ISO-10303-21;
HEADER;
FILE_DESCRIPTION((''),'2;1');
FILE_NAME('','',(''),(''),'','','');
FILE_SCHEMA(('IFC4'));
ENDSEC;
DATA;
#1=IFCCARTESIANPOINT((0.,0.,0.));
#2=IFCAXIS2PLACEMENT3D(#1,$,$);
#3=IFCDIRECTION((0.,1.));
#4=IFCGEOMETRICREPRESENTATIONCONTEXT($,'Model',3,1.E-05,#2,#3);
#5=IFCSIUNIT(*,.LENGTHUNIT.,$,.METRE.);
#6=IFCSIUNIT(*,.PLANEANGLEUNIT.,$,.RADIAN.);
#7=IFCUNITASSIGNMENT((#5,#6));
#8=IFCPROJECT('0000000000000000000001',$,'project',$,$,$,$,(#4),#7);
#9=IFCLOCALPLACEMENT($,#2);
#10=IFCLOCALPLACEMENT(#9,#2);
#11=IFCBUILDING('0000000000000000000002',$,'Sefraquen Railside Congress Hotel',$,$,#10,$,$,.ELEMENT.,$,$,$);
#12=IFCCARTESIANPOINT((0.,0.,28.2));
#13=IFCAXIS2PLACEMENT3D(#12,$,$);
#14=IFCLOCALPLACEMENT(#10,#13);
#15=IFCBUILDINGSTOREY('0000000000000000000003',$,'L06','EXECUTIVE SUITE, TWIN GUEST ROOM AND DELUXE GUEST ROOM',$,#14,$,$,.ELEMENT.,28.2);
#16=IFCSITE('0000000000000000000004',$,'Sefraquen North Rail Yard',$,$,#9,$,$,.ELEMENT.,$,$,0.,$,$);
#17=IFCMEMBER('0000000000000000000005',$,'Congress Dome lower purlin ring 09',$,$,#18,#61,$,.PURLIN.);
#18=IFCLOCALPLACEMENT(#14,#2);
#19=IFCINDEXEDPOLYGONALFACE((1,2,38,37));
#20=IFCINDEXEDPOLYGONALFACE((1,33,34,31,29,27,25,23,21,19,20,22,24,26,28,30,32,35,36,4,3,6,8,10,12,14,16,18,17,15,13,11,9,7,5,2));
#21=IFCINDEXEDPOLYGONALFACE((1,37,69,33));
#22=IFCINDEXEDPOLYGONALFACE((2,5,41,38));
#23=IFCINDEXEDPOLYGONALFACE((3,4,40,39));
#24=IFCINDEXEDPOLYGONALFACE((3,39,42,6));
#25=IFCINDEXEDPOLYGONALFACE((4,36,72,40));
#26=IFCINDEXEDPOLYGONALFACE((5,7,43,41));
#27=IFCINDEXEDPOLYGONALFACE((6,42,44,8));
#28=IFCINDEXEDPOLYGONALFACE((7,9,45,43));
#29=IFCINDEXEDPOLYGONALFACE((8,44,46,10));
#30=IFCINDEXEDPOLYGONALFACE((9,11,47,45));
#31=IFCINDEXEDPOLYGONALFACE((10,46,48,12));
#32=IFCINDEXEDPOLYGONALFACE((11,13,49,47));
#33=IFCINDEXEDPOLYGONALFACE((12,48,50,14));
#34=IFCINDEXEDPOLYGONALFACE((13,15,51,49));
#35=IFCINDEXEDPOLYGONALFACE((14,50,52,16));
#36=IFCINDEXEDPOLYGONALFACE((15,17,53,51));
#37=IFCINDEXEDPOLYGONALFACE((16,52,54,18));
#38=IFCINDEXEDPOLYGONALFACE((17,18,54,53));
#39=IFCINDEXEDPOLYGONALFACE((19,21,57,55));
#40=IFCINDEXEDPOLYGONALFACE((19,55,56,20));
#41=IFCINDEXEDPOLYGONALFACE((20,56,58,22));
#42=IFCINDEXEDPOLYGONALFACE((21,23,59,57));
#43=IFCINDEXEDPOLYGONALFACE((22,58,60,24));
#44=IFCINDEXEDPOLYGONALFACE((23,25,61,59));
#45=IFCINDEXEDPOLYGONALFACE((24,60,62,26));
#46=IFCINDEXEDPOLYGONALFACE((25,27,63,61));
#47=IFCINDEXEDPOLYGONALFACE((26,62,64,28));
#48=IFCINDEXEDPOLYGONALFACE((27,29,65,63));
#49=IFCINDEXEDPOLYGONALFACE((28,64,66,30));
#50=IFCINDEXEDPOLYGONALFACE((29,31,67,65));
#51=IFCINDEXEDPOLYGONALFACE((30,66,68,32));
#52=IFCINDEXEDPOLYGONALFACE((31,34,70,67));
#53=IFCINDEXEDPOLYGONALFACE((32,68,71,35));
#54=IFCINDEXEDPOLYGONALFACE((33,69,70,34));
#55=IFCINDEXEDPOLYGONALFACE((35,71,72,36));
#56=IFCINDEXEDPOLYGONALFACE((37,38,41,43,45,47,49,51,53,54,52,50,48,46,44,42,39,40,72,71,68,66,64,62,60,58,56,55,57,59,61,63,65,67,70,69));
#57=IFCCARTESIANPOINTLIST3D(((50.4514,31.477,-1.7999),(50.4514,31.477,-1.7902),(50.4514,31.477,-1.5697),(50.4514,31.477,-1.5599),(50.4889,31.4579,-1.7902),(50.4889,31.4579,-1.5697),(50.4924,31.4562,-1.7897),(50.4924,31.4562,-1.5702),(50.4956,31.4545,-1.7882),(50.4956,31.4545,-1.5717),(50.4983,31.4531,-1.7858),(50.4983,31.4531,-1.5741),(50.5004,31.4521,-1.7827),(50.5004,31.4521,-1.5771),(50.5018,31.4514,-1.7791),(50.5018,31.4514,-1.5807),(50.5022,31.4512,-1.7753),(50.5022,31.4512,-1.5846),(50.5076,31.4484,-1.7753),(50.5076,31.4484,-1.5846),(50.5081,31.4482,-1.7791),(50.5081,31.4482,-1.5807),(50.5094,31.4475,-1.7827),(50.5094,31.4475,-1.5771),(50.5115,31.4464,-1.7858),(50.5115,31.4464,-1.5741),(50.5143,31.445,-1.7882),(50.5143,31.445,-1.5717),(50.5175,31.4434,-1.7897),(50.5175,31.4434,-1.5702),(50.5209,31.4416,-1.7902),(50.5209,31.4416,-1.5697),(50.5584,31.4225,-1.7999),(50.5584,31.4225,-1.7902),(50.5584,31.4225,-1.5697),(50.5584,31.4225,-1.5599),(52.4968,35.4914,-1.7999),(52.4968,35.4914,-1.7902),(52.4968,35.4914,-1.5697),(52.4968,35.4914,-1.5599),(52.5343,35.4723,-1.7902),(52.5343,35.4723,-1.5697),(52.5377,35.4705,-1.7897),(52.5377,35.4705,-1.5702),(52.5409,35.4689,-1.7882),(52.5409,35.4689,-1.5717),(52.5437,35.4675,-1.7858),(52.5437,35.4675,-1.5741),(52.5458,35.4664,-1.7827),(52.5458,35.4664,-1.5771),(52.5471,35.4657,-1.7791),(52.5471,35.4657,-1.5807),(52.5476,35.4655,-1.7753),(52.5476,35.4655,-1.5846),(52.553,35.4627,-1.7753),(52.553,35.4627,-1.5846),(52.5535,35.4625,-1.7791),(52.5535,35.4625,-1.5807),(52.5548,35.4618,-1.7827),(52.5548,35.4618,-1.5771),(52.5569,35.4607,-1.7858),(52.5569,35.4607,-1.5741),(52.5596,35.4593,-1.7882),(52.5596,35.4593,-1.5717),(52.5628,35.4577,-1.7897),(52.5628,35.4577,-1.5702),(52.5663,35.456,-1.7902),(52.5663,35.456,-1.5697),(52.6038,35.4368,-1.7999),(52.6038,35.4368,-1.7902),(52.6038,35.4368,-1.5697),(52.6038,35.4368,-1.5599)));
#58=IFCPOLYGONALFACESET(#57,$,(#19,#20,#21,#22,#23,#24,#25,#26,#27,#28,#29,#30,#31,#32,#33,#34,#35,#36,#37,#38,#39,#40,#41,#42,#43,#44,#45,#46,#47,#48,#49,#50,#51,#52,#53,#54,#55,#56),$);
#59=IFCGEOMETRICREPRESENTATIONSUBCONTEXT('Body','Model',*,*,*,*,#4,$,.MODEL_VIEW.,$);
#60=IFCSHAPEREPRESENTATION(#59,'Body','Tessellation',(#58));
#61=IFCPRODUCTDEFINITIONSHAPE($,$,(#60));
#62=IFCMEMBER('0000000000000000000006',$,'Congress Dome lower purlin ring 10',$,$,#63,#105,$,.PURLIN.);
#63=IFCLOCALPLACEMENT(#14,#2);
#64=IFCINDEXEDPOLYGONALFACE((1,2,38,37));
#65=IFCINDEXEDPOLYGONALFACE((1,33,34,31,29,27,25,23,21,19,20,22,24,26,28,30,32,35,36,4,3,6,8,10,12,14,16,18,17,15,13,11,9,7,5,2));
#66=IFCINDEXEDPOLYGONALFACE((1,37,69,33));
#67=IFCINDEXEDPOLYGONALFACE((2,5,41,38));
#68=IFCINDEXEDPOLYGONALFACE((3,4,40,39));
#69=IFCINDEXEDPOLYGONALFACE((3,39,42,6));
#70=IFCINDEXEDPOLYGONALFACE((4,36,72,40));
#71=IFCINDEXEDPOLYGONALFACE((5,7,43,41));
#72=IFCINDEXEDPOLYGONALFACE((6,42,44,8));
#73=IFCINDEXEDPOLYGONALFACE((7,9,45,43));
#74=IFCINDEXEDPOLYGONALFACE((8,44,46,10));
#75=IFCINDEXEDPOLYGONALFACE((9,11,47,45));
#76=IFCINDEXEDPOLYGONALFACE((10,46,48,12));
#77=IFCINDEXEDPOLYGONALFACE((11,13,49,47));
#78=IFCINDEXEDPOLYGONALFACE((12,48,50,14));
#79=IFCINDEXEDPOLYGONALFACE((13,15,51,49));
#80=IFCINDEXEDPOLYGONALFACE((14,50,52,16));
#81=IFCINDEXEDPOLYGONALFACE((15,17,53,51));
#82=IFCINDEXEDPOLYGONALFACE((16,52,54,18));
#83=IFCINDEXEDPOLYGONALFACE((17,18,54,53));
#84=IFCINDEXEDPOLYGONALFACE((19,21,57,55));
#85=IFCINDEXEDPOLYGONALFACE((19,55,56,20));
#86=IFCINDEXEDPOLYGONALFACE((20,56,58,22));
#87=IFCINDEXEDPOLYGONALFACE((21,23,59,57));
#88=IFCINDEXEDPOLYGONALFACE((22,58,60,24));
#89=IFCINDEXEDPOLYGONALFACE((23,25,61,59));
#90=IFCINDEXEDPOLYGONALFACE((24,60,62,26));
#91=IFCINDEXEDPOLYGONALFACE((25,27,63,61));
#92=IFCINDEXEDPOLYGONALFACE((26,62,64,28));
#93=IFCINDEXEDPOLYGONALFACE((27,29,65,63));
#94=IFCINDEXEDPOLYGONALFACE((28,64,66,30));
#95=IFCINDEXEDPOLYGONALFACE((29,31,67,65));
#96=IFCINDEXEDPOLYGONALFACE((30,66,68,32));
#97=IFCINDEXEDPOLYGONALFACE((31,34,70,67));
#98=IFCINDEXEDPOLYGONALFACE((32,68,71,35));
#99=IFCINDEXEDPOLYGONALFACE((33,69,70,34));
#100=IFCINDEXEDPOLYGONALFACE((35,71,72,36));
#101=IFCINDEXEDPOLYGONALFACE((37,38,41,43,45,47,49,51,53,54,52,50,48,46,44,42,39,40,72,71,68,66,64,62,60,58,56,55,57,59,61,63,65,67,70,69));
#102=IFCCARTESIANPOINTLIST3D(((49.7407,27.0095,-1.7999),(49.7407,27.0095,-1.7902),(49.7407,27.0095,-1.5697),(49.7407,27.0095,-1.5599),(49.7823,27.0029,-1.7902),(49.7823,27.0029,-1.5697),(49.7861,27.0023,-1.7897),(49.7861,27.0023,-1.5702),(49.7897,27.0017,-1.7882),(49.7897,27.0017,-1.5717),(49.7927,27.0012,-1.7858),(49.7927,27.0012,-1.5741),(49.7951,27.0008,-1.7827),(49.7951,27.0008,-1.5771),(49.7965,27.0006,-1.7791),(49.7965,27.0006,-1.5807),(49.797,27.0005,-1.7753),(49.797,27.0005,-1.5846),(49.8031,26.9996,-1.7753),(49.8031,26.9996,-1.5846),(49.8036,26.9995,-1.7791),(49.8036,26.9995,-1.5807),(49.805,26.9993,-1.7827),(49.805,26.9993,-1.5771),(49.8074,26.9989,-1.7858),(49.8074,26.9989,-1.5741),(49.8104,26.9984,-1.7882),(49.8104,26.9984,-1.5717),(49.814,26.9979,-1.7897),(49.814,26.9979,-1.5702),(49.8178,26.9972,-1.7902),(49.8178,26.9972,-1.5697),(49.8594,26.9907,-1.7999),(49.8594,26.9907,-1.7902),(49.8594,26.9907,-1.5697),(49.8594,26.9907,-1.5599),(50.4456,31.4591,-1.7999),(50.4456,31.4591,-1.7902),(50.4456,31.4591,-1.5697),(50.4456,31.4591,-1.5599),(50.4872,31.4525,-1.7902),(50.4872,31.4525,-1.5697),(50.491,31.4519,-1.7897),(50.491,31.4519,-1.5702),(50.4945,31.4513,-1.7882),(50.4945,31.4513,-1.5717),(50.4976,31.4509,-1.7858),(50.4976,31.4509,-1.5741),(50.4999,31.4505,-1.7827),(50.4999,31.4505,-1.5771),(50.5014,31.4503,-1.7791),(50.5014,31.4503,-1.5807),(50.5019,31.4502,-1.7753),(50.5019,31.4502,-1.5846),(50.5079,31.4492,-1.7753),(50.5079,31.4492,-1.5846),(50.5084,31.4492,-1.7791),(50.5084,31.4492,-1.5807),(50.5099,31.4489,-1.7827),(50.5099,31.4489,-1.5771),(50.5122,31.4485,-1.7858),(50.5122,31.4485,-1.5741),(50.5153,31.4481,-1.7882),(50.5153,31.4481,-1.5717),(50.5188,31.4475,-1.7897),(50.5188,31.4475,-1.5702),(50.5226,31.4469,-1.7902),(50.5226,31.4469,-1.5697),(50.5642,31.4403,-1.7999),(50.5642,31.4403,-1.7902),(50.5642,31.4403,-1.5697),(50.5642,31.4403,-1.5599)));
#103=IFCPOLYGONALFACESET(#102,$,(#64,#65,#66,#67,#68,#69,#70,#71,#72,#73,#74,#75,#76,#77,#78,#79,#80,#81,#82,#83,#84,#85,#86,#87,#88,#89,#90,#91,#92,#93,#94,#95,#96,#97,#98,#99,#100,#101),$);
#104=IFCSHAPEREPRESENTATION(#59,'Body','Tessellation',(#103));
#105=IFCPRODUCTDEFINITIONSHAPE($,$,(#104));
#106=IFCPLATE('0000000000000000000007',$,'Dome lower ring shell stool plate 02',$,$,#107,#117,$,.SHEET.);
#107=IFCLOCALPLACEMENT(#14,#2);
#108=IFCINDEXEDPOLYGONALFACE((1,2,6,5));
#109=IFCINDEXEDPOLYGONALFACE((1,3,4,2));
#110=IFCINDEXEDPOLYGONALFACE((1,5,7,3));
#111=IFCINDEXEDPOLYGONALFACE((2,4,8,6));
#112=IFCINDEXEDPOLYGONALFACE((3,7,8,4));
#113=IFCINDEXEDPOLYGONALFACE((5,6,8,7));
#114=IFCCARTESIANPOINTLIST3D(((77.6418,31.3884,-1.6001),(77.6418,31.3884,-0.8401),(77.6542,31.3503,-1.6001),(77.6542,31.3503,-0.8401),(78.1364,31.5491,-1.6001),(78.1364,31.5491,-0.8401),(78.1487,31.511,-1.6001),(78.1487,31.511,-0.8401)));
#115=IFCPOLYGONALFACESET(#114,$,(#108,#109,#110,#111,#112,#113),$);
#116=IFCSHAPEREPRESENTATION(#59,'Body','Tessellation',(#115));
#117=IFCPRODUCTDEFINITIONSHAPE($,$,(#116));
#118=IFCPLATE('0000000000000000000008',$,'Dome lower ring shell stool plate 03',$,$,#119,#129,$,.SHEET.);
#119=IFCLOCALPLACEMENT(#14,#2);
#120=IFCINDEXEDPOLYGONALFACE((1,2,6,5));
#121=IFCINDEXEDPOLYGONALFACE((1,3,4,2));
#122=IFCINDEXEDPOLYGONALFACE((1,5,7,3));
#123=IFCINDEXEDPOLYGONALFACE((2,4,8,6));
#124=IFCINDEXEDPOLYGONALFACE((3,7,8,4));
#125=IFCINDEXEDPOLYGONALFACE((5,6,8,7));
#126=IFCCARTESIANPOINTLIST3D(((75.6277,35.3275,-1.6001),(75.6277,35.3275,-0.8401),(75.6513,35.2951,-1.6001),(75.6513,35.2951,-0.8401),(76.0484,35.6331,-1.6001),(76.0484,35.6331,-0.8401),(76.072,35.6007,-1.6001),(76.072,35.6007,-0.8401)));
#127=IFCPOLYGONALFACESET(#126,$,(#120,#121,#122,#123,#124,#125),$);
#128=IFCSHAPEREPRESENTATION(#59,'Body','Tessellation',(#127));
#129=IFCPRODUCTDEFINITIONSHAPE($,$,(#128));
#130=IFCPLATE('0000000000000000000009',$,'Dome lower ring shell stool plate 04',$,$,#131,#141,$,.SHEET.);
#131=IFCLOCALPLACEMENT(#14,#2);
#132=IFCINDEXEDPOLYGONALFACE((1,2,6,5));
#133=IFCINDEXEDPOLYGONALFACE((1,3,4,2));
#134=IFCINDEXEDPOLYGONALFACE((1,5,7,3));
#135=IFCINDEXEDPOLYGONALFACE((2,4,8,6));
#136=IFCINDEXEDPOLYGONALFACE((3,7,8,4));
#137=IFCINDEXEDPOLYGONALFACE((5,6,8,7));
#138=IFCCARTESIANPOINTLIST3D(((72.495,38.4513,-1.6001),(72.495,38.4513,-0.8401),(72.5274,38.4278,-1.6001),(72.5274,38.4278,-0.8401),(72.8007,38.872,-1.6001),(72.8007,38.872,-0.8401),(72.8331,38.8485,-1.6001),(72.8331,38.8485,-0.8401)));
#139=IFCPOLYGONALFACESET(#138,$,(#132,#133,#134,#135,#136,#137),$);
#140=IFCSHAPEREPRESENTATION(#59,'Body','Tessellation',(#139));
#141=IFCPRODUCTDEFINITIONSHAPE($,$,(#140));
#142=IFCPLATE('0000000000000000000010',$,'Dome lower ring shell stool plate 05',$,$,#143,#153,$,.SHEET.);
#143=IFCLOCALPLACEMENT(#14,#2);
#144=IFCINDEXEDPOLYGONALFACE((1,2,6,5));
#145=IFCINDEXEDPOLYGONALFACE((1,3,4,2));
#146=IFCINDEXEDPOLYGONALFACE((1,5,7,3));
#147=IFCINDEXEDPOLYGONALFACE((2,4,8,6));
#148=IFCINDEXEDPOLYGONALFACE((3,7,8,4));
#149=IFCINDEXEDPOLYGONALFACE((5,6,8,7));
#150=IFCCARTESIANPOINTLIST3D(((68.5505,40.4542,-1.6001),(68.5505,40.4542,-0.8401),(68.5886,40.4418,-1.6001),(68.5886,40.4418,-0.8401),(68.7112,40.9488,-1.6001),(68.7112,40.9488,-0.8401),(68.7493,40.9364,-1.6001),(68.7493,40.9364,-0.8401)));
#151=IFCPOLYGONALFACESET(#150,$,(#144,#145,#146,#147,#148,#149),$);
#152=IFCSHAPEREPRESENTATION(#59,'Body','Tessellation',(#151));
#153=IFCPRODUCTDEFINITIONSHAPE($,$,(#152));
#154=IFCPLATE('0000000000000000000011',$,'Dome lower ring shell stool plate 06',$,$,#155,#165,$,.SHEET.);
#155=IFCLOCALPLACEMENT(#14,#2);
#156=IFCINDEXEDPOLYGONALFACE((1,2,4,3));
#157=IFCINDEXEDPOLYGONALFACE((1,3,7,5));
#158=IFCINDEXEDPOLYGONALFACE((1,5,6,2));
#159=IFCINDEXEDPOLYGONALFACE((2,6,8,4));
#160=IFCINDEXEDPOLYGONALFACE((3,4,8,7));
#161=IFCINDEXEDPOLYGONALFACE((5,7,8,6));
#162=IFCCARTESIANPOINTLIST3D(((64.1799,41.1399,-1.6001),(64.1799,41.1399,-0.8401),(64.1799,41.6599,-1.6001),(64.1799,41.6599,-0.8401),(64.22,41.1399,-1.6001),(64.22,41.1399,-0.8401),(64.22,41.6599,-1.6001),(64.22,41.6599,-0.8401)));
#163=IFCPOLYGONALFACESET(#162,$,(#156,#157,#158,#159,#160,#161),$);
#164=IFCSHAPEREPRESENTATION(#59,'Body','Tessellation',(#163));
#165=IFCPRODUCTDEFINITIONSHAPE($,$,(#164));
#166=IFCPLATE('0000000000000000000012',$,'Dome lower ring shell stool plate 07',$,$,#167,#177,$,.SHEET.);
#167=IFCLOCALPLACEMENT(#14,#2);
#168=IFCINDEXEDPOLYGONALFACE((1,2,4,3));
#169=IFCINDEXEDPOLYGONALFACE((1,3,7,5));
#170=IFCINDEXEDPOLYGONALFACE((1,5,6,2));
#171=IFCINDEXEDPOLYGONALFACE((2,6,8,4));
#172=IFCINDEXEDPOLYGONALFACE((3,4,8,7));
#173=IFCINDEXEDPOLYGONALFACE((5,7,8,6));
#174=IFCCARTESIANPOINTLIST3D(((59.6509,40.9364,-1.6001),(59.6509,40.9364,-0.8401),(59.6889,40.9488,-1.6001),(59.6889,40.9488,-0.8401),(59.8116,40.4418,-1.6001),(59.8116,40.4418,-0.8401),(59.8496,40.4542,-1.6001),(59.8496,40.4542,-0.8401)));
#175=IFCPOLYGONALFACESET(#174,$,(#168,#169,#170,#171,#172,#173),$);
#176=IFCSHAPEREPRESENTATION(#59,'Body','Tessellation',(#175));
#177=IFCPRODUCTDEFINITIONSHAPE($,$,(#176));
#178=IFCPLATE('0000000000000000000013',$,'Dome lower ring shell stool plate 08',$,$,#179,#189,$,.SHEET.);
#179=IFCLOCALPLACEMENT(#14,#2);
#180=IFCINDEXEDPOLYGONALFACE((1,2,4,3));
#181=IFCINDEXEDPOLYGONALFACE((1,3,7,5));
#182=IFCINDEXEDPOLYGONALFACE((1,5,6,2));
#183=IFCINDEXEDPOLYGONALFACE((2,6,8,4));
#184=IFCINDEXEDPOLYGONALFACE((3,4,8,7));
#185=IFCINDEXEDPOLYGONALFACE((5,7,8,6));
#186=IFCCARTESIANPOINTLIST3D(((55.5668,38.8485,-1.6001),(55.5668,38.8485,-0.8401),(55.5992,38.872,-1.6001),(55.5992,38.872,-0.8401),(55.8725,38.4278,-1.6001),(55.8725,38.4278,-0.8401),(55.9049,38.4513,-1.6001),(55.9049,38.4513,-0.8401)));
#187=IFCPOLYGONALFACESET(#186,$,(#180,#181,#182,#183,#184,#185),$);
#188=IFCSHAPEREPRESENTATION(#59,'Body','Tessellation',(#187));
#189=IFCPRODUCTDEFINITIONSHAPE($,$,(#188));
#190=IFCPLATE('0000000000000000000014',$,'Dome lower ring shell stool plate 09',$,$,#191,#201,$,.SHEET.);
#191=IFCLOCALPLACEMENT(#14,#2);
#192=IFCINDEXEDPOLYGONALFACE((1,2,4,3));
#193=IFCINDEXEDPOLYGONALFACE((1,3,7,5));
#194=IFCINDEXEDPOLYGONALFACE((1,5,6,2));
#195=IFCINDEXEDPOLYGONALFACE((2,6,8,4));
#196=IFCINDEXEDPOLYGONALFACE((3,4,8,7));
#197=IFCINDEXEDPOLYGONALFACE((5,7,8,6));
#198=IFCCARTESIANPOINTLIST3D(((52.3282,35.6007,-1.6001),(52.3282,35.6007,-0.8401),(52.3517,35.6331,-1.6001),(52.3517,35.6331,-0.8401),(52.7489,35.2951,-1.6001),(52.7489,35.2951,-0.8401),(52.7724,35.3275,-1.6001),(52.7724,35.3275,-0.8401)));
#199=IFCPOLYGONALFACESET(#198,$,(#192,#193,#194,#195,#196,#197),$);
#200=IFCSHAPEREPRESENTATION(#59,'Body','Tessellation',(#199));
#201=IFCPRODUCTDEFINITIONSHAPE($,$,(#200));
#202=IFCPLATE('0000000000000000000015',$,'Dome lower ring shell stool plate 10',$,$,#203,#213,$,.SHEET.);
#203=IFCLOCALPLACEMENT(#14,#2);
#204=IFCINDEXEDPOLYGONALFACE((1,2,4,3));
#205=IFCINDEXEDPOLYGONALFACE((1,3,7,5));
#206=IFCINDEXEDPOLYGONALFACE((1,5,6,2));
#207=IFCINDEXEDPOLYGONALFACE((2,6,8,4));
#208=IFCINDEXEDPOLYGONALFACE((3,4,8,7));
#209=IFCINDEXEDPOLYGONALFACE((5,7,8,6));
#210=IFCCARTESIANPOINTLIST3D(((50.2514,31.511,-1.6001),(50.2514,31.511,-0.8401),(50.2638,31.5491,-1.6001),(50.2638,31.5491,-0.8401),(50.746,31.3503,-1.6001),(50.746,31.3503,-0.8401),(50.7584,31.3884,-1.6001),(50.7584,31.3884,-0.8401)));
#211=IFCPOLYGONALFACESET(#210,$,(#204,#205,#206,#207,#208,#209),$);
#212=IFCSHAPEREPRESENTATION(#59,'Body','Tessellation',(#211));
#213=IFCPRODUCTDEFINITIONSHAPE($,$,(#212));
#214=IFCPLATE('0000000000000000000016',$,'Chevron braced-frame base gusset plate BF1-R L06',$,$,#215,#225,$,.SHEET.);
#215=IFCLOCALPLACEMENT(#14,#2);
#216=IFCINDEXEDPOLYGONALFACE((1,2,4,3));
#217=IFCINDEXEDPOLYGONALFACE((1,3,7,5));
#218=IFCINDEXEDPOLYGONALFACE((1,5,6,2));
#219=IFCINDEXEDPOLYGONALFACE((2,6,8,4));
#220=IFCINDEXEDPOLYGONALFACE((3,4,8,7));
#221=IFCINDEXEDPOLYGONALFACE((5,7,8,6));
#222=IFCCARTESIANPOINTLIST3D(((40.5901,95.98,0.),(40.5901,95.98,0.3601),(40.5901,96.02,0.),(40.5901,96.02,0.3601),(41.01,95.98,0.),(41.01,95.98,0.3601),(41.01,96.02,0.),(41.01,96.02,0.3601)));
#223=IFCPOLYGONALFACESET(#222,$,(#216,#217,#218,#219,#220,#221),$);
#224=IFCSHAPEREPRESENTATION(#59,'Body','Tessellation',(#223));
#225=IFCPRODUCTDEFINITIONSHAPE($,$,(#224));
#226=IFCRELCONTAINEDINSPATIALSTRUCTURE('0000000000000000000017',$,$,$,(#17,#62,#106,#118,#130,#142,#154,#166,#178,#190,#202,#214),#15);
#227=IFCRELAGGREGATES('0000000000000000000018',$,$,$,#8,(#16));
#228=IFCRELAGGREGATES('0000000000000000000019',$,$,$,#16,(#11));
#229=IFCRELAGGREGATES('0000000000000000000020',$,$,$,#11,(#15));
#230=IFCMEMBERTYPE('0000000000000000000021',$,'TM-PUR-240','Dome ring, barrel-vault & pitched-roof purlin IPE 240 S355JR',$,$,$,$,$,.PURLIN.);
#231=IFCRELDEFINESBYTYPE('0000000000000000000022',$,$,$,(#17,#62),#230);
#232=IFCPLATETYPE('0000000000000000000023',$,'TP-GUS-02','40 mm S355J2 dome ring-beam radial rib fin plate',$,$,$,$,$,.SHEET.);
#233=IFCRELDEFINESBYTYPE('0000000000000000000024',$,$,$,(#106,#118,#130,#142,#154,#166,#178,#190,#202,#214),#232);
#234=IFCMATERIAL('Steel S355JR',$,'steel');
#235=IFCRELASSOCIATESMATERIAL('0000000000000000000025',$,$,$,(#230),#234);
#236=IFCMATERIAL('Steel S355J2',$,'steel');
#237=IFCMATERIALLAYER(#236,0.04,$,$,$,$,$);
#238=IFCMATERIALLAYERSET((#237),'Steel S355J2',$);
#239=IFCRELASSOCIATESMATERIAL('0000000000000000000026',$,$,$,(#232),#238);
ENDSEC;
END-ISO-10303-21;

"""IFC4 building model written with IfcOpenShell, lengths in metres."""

from ifc_helpers import new_model, si_unit, direction, frame, origin, origin_2d, place, context, subcontext, project, spatial, rectangle, i_section, extrude, material, layer, layer_set, material_profile, profile_set, type_object, element, save


model = new_model("IFC4")

# Units and contexts
model_context = context("Model", 3, precision=1e-05, world=origin(), true_north=direction((0.0, 1.0)))
body_context = subcontext(model_context, "Body", "Model", "MODEL_VIEW")
ifc_project = project(units=[si_unit("LENGTHUNIT", "METRE"), si_unit("PLANEANGLEUNIT", "RADIAN")], contexts=[model_context])

# Site, building, storey
site_placement = place(None, origin())
site = spatial("IfcSite", under=ifc_project, at=site_placement, Name="Sefraquen North Rail Yard", CompositionType="ELEMENT", RefElevation=0.0)
building_placement = place(site_placement, origin())
building = spatial("IfcBuilding", under=site, at=building_placement, Name="Sefraquen Railside Congress Hotel", CompositionType="ELEMENT")
storey_placement = place(building_placement, frame((0.0, 0.0, 28.2)))
storey = spatial("IfcBuildingStorey", under=building, at=storey_placement, Name="L06", Description="EXECUTIVE SUITE, TWIN GUEST ROOM AND DELUXE GUEST ROOM", CompositionType="ELEMENT", Elevation=28.2)

# Shared definitions
ifc_material_1 = material(Name="Steel S355JR", Category="steel")

# Members
ifc_material_2 = material(Name="Steel S355J2", Category="steel")
ifc_material_profile_1 = material_profile(ifc_material_1, i_section(OverallWidth=0.1201, OverallDepth=0.24, WebThickness=0.0061, FlangeThickness=0.0098, FilletRadius=0.0149, at=origin_2d()), Name="IPE 240")
ifc_profile_set_1 = profile_set([ifc_material_profile_1], Name="Steel S355JR")
member_type_1 = type_object("IfcMemberType", Name="TM-PUR-240", Description="Dome ring, barrel-vault & pitched-roof purlin IPE 240 S355JR", PredefinedType="PURLIN", material=ifc_profile_set_1)
member_1_placement = place(storey_placement, frame((52.5503, 35.4641, -1.6799), z_axis=(-0.453985, -0.891009, 0.0), x_axis=(0.891009, -0.453985, 0.0)))
element("IfcMember", 1, at=member_1_placement, inside=storey, type_object=member_type_1, Name="Congress Dome lower purlin ring 09", PredefinedType="PURLIN", context=body_context, shape_type="SweptSolid", body=[
    extrude(i_section(OverallWidth=0.1201, OverallDepth=0.24, WebThickness=0.0061, FlangeThickness=0.0098, FilletRadius=0.0149, at=origin_2d()), origin(), (0.0, 0.0, 1.0), 4.5054),
])
member_2_placement = place(storey_placement, frame((50.5049, 31.4497, -1.6799), z_axis=(-0.15645, -0.987686, 0.0), x_axis=(0.987686, -0.15645, 0.0)))
element("IfcMember", 2, at=member_2_placement, inside=storey, type_object=member_type_1, Name="Congress Dome lower purlin ring 10", PredefinedType="PURLIN", context=body_context, shape_type="SweptSolid", body=[
    extrude(i_section(OverallWidth=0.1201, OverallDepth=0.24, WebThickness=0.0061, FlangeThickness=0.0098, FilletRadius=0.0149, at=origin_2d()), origin(), (0.0, 0.0, 1.0), 4.5051),
])

# Plates
ifc_layer = layer(ifc_material_2, 0.04)
ifc_layer_set = layer_set([ifc_layer], Name="Steel S355J2")
plate_type = type_object("IfcPlateType", Name="TP-GUS-02", Description="40 mm S355J2 dome ring-beam radial rib fin plate", PredefinedType="SHEET", material=ifc_layer_set)
for number, where, z_axis, x_axis, name in (
    (3, (77.8953, 31.4497, -1.6001), (0.0, 0.0, 1.0), (0.951057, 0.309017, 0.0), "Dome lower ring shell stool plate 02"),
    (4, (75.8499, 35.4641, -1.6001), (0.0, 0.0, 1.0), (0.809017, 0.587785, 0.0), "Dome lower ring shell stool plate 03"),
    (5, (72.6641, 38.6499, -1.6001), (0.0, 0.0, 1.0), (0.587785, 0.809017, 0.0), "Dome lower ring shell stool plate 04"),
    (6, (68.6499, 40.6953, -1.6001), (0.0, 0.0, 1.0), (0.309017, 0.951057, 0.0), "Dome lower ring shell stool plate 05"),
    (7, (64.2, 41.3999, -1.6001), (0.0, 0.0, 1.0), (0.0, 1.0, 0.0), "Dome lower ring shell stool plate 06"),
    (8, (59.7502, 40.6953, -1.6001), (0.0, 0.0, 1.0), (-0.309017, 0.951057, 0.0), "Dome lower ring shell stool plate 07"),
    (9, (55.7358, 38.6499, -1.6001), (0.0, 0.0, 1.0), (-0.587785, 0.809017, 0.0), "Dome lower ring shell stool plate 08"),
    (10, (52.5503, 35.4641, -1.6001), (0.0, 0.0, 1.0), (-0.809017, 0.587785, 0.0), "Dome lower ring shell stool plate 09"),
    (11, (50.5049, 31.4497, -1.6001), (0.0, 0.0, 1.0), (-0.951057, 0.309017, 0.0), "Dome lower ring shell stool plate 10"),
):
    element("IfcPlate", number, at=place(storey_placement, frame(where, z_axis=z_axis, x_axis=x_axis)), inside=storey, type_object=plate_type, Name=name, PredefinedType="SHEET", context=body_context, shape_type="SweptSolid", body=[
        extrude(rectangle(XDim=0.52, YDim=0.04, at=origin_2d()), origin(), (0.0, 0.0, 1.0), 0.76),
    ])
plate_placement = place(storey_placement, frame((40.8, 96.0, 0.0), z_axis=(0.0, 0.0, 1.0), x_axis=(1.0, 0.0, 0.0)))
element("IfcPlate", 12, at=plate_placement, inside=storey, type_object=plate_type, Name="Chevron braced-frame base gusset plate BF1-R L06", PredefinedType="SHEET", context=body_context, shape_type="SweptSolid", body=[
    extrude(rectangle(XDim=0.4199, YDim=0.04, at=origin_2d()), origin(), (0.0, 0.0, 1.0), 0.3601),
])

save(model, "model.ifc")
